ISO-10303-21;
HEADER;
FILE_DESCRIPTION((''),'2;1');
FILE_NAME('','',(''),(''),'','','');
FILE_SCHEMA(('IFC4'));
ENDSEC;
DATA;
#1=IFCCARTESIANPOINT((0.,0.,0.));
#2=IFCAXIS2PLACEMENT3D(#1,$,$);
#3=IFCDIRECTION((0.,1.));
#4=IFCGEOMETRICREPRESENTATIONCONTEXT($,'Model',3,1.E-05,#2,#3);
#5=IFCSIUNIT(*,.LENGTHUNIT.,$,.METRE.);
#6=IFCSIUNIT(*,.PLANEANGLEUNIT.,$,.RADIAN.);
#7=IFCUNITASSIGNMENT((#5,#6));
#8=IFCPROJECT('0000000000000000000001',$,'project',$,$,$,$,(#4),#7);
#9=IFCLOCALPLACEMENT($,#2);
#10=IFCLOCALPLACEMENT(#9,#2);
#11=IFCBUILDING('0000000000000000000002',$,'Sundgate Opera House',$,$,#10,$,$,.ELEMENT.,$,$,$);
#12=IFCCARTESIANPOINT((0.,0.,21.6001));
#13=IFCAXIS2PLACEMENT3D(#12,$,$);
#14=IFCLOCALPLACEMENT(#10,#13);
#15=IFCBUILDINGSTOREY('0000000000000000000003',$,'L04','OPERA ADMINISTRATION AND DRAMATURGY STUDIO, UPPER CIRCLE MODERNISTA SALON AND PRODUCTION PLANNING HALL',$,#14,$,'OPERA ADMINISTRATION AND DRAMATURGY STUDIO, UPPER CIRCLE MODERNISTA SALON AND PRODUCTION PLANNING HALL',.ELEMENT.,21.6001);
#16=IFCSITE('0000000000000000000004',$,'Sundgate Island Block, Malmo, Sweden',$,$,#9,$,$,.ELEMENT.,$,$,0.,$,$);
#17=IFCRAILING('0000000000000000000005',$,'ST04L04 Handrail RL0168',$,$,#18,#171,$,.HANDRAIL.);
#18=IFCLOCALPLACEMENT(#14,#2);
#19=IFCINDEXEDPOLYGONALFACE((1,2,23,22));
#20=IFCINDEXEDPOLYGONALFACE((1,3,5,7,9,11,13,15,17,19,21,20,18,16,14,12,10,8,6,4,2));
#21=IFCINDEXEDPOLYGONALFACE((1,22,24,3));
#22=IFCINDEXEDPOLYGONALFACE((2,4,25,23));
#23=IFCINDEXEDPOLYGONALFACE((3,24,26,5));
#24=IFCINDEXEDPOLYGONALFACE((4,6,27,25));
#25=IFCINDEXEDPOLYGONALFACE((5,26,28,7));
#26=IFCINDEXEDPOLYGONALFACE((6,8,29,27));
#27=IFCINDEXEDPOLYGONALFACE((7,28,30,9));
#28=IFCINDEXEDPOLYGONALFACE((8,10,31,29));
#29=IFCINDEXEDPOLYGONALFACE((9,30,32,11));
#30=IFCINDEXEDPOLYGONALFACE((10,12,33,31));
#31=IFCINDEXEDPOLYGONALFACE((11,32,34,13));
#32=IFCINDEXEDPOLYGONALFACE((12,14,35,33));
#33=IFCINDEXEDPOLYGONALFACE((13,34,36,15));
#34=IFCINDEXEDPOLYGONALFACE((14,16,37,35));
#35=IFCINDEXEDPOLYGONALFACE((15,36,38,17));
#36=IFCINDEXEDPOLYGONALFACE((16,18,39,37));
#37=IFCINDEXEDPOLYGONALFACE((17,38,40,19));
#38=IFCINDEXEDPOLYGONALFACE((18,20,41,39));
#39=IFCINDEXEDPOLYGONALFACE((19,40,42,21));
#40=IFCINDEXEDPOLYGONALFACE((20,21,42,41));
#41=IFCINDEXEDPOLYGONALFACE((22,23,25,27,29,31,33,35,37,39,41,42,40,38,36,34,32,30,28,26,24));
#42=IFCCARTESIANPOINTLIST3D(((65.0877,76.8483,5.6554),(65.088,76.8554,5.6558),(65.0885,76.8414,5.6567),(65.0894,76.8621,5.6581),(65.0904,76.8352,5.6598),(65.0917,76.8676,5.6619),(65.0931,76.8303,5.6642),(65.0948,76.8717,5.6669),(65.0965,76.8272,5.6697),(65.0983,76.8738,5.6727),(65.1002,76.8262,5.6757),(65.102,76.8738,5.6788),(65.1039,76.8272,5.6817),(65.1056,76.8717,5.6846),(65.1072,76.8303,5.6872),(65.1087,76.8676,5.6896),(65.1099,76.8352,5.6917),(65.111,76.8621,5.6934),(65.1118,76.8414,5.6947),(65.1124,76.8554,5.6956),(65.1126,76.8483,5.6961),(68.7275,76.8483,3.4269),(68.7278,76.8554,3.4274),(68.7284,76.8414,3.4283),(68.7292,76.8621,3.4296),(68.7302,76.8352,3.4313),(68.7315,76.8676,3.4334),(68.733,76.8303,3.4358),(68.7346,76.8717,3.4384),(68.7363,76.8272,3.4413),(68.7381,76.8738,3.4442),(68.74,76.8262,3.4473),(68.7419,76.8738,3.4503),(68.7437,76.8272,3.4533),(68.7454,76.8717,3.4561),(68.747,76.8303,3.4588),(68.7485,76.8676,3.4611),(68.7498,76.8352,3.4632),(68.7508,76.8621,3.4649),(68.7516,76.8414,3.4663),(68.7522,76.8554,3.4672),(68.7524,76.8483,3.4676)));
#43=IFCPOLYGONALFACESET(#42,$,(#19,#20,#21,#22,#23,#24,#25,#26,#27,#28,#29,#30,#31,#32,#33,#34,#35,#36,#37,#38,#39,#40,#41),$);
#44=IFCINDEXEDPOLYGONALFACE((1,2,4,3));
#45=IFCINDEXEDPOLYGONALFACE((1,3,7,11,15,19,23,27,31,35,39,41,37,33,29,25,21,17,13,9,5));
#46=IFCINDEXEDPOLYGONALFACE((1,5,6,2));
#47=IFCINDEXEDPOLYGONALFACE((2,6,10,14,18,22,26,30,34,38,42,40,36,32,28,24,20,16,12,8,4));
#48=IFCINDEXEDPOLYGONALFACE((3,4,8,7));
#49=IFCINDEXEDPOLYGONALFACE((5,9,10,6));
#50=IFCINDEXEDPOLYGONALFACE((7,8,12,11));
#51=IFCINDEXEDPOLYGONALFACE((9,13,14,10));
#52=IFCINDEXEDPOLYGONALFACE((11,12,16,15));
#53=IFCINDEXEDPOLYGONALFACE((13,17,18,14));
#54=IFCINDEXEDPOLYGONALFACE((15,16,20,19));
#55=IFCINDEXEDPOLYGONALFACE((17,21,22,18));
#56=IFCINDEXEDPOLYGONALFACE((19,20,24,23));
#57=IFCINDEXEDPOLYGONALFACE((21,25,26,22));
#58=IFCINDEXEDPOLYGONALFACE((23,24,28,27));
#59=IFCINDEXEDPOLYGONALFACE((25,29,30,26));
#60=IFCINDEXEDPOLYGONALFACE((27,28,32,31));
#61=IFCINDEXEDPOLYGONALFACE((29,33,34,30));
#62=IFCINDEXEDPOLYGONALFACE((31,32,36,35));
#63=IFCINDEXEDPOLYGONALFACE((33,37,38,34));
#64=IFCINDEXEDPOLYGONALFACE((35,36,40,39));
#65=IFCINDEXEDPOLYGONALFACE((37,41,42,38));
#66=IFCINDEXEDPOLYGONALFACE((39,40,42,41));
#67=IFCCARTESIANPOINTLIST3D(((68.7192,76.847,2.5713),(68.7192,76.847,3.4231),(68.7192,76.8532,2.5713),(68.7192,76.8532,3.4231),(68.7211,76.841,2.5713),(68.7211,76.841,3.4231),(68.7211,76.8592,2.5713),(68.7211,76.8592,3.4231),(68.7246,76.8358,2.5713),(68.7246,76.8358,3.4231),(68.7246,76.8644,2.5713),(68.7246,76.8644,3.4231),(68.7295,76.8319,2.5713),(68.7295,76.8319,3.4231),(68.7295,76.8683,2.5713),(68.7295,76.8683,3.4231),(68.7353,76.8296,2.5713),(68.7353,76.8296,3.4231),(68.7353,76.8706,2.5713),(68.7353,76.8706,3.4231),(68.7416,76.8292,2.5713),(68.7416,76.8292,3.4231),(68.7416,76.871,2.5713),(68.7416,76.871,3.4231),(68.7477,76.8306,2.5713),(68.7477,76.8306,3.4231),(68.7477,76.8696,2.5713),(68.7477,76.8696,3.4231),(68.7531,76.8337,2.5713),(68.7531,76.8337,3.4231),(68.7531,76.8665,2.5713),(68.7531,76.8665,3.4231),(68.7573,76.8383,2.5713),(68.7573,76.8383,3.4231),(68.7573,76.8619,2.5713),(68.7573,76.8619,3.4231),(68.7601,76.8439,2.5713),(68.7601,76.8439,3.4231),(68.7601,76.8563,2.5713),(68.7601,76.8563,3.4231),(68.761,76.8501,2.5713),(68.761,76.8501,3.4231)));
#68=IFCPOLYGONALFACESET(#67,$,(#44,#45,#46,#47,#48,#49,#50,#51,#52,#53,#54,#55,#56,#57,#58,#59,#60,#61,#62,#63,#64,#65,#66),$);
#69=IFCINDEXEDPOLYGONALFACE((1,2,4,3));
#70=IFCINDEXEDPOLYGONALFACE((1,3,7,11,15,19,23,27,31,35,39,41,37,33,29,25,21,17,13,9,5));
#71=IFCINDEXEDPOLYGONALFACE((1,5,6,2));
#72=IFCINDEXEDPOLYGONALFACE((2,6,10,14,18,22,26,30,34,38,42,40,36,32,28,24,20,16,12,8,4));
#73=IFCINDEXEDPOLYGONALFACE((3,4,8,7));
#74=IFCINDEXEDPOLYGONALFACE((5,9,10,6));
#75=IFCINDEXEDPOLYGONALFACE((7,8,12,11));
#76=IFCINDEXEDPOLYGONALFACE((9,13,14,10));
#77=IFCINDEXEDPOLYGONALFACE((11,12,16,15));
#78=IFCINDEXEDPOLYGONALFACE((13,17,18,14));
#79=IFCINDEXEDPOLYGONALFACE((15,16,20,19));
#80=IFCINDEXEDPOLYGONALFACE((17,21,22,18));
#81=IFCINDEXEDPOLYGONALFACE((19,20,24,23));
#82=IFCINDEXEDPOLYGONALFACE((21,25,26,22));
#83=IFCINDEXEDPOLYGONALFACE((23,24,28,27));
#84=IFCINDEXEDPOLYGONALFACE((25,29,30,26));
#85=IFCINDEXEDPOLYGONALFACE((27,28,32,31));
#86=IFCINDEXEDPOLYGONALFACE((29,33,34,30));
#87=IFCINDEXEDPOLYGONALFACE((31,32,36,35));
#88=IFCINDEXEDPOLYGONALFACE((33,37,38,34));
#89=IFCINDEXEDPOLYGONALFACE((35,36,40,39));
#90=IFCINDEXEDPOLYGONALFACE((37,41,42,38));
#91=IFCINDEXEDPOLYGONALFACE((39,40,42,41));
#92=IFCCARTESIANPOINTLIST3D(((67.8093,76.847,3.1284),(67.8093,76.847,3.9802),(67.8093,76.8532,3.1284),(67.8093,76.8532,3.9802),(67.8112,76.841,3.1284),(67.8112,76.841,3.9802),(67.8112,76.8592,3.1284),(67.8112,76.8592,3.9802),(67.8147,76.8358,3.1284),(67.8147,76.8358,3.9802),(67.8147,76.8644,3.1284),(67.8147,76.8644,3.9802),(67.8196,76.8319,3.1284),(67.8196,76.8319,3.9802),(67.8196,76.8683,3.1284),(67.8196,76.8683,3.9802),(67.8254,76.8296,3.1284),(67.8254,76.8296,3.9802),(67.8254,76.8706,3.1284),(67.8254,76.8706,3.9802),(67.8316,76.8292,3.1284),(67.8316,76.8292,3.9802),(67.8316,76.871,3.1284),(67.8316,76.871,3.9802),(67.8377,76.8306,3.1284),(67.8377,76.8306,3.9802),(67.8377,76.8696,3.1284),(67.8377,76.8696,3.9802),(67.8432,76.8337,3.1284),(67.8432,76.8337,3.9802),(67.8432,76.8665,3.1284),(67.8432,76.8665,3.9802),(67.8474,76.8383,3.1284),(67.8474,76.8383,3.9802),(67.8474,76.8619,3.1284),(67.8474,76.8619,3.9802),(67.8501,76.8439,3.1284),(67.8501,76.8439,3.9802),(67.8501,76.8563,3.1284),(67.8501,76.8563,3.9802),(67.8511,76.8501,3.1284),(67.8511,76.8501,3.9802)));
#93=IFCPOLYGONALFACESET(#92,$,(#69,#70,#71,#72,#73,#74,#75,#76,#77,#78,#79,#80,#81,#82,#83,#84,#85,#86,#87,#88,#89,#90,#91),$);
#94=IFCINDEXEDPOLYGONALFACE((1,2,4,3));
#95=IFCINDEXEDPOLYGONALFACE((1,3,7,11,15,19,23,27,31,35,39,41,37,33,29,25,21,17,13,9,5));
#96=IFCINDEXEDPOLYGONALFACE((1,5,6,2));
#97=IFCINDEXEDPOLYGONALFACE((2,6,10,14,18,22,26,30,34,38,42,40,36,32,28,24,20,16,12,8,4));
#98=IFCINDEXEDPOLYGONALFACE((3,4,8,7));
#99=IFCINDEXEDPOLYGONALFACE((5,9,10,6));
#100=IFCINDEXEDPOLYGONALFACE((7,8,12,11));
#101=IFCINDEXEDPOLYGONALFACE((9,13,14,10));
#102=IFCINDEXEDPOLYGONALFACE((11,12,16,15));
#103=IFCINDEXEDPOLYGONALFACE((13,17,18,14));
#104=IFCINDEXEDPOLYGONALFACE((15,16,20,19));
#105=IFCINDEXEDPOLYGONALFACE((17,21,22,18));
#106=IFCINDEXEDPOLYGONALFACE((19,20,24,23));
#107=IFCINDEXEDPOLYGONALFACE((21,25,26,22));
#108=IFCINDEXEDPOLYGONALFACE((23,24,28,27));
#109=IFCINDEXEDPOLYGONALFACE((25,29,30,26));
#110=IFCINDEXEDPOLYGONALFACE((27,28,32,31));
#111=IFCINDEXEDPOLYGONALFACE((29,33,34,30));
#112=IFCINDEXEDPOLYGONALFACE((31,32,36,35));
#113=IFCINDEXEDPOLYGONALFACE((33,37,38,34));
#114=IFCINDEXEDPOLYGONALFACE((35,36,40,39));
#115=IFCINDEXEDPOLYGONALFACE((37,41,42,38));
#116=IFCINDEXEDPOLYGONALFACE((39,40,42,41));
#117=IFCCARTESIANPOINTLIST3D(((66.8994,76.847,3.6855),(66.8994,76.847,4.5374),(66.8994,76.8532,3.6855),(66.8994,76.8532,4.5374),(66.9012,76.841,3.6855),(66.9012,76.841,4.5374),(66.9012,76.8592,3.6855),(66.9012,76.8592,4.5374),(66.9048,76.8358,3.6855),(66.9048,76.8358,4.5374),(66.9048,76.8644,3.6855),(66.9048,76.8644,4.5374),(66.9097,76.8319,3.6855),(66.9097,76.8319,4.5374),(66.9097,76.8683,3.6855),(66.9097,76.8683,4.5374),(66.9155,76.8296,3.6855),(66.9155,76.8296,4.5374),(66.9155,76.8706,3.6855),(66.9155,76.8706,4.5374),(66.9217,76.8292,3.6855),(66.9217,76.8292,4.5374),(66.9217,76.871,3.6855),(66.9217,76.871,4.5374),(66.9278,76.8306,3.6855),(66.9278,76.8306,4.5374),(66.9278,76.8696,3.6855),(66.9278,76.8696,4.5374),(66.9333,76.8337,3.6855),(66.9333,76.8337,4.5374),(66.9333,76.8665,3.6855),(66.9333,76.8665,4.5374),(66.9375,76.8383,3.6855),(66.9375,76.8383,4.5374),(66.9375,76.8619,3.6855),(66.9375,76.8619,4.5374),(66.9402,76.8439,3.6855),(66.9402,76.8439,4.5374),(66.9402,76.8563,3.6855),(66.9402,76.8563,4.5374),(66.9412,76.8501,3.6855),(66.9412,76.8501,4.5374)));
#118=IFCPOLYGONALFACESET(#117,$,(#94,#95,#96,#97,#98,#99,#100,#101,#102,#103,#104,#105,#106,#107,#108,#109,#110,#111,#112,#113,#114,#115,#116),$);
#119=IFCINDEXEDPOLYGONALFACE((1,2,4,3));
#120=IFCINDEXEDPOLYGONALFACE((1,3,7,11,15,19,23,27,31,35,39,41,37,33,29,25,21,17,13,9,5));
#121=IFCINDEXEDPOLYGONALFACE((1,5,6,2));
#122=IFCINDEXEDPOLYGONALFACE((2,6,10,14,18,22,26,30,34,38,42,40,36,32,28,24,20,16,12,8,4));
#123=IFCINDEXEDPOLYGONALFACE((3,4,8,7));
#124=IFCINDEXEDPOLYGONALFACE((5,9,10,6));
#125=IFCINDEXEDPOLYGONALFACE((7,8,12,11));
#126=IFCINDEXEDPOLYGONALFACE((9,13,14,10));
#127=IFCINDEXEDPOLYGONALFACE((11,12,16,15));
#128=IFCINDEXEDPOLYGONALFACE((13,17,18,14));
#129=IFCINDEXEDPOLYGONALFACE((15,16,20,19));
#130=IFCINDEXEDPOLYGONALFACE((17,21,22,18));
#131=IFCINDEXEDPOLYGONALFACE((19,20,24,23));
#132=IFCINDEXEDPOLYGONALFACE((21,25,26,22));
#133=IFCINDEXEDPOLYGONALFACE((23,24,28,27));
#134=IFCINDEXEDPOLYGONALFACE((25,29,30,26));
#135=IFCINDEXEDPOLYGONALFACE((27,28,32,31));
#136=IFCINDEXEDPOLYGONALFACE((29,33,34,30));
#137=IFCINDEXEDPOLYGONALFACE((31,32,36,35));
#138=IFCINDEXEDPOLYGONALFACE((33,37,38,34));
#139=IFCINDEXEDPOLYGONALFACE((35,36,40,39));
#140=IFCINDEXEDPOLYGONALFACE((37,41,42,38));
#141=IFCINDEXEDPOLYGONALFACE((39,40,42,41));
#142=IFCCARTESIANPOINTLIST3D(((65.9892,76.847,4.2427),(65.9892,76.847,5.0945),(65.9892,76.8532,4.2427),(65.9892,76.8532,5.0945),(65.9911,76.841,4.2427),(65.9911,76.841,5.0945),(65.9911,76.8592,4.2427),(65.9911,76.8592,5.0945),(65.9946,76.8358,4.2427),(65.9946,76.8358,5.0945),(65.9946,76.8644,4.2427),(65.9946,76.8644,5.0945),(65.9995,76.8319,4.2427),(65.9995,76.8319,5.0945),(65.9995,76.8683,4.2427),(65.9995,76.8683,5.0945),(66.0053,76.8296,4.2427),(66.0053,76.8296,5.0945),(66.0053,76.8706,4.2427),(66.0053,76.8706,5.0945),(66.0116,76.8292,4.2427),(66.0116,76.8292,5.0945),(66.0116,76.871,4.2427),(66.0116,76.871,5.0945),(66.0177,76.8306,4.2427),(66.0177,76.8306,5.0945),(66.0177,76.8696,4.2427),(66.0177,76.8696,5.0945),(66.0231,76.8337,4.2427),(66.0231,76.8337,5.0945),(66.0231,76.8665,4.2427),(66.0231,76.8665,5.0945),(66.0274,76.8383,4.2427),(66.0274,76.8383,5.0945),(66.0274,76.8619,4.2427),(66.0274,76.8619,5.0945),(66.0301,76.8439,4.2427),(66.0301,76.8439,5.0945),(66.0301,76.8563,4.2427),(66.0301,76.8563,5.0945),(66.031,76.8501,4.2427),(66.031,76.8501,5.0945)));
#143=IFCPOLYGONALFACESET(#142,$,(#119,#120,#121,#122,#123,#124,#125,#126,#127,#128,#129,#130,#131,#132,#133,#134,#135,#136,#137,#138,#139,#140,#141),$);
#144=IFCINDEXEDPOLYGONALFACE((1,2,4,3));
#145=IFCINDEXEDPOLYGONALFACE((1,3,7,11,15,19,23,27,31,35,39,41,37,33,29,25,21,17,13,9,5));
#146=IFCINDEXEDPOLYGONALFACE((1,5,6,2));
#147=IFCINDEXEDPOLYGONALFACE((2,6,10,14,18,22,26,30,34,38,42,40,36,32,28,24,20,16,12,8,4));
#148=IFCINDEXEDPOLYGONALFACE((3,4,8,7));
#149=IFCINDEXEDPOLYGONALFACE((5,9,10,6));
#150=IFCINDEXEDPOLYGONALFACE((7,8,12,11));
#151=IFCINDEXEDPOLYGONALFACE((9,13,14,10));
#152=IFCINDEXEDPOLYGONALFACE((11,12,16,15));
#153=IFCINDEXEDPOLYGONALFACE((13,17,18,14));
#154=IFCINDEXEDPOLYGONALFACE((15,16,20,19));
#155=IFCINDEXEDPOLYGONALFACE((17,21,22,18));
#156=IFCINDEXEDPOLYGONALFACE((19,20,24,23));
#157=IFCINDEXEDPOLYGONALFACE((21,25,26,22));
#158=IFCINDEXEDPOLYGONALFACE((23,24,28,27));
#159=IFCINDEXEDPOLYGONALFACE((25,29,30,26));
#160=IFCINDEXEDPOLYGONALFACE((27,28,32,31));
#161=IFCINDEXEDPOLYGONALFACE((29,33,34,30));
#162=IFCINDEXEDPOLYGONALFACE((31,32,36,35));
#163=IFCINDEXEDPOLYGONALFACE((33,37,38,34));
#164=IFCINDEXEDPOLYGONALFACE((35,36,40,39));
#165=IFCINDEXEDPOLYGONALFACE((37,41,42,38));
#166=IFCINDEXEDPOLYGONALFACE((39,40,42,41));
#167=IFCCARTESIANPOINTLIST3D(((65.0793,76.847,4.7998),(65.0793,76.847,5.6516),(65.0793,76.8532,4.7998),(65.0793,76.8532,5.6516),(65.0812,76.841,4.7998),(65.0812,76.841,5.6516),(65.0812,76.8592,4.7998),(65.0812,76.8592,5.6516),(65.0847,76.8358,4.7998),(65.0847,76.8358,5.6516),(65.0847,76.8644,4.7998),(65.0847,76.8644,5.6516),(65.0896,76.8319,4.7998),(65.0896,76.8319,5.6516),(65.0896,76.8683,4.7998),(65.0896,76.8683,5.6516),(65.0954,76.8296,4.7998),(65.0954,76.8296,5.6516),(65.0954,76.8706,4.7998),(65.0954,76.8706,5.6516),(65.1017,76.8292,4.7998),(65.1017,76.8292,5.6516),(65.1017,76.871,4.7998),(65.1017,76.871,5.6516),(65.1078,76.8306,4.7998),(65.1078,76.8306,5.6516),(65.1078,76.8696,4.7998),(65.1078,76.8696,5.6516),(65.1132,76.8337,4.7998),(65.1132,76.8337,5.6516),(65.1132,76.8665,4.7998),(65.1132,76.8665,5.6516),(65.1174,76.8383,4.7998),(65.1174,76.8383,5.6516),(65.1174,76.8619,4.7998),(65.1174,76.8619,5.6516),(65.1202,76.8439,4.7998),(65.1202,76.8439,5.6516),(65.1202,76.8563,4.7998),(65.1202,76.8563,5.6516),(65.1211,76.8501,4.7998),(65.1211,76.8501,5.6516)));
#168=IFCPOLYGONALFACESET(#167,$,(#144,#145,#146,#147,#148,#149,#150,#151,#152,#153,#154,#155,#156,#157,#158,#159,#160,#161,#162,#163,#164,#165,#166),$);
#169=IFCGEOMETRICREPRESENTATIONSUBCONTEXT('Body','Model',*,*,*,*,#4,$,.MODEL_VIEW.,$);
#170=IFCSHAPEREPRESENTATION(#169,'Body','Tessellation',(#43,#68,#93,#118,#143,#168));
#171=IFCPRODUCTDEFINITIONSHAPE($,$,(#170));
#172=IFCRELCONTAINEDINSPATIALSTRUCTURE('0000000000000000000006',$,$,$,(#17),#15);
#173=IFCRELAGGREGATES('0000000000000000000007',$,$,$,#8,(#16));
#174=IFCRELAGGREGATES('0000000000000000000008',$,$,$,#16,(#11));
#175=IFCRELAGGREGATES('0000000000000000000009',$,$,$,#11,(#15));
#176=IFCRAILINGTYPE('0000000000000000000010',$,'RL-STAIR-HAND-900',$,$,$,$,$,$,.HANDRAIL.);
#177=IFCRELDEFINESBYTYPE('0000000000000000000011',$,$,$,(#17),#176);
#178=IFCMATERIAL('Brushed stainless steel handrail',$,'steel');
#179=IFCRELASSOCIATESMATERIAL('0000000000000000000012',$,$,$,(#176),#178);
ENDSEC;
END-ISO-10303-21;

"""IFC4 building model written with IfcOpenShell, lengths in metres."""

from ifc_helpers import new_model, si_unit, direction, frame, origin, origin_2d, place, context, subcontext, project, spatial, circle, extrude, material, type_object, element, save


model = new_model("IFC4")

# Units and contexts
model_context = context("Model", 3, precision=1e-05, world=origin(), true_north=direction((0.0, 1.0)))
body_context = subcontext(model_context, "Body", "Model", "MODEL_VIEW")
ifc_project = project(units=[si_unit("LENGTHUNIT", "METRE"), si_unit("PLANEANGLEUNIT", "RADIAN")], contexts=[model_context])

# Site, building, storey
site_placement = place(None, origin())
site = spatial("IfcSite", under=ifc_project, at=site_placement, Name="Sundgate Island Block, Malmo, Sweden", CompositionType="ELEMENT", RefElevation=0.0)
building_placement = place(site_placement, origin())
building = spatial("IfcBuilding", under=site, at=building_placement, Name="Sundgate Opera House", CompositionType="ELEMENT")
storey_placement = place(building_placement, frame((0.0, 0.0, 21.6001)))
storey = spatial("IfcBuildingStorey", under=building, at=storey_placement, Name="L04", Description="OPERA ADMINISTRATION AND DRAMATURGY STUDIO, UPPER CIRCLE MODERNISTA SALON AND PRODUCTION PLANNING HALL", LongName="OPERA ADMINISTRATION AND DRAMATURGY STUDIO, UPPER CIRCLE MODERNISTA SALON AND PRODUCTION PLANNING HALL", CompositionType="ELEMENT", Elevation=21.6001)

# Railing
ifc_material_1 = material(Name="Brushed stainless steel handrail", Category="steel")
railing_type_1 = type_object("IfcRailingType", Name="RL-STAIR-HAND-900", PredefinedType="HANDRAIL", material=ifc_material_1)
railing_1_placement = place(storey_placement, frame((68.74, 76.8501, 2.5713)))
element("IfcRailing", 1, at=railing_1_placement, inside=storey, type_object=railing_type_1, Name="ST04L04 Handrail RL0168", PredefinedType="HANDRAIL", context=body_context, shape_type="SweptSolid", body=[
    extrude(circle(Radius=0.0239, at=origin_2d()), frame((0.0, 0.0, 0.876), z_axis=(-0.85285, 0.0, 0.522156), x_axis=(0.0, -1.0, 0.0)), (0.0, 0.0, 1.0), 4.2678),
    extrude(circle(Radius=0.021, at=origin_2d()), origin(), (0.0, 0.0, 1.0), 0.8518),
    extrude(circle(Radius=0.021, at=origin_2d()), frame((-0.9099, 0.0, 0.5571)), (0.0, 0.0, 1.0), 0.8518),
    extrude(circle(Radius=0.021, at=origin_2d()), frame((-1.8198, 0.0, 1.1143)), (0.0, 0.0, 1.0), 0.8518),
    extrude(circle(Radius=0.021, at=origin_2d()), frame((-2.73, 0.0, 1.6714)), (0.0, 0.0, 1.0), 0.8518),
    extrude(circle(Radius=0.021, at=origin_2d()), frame((-3.6399, 0.0, 2.2285)), (0.0, 0.0, 1.0), 0.8518),
])

save(model, "model.ifc")
